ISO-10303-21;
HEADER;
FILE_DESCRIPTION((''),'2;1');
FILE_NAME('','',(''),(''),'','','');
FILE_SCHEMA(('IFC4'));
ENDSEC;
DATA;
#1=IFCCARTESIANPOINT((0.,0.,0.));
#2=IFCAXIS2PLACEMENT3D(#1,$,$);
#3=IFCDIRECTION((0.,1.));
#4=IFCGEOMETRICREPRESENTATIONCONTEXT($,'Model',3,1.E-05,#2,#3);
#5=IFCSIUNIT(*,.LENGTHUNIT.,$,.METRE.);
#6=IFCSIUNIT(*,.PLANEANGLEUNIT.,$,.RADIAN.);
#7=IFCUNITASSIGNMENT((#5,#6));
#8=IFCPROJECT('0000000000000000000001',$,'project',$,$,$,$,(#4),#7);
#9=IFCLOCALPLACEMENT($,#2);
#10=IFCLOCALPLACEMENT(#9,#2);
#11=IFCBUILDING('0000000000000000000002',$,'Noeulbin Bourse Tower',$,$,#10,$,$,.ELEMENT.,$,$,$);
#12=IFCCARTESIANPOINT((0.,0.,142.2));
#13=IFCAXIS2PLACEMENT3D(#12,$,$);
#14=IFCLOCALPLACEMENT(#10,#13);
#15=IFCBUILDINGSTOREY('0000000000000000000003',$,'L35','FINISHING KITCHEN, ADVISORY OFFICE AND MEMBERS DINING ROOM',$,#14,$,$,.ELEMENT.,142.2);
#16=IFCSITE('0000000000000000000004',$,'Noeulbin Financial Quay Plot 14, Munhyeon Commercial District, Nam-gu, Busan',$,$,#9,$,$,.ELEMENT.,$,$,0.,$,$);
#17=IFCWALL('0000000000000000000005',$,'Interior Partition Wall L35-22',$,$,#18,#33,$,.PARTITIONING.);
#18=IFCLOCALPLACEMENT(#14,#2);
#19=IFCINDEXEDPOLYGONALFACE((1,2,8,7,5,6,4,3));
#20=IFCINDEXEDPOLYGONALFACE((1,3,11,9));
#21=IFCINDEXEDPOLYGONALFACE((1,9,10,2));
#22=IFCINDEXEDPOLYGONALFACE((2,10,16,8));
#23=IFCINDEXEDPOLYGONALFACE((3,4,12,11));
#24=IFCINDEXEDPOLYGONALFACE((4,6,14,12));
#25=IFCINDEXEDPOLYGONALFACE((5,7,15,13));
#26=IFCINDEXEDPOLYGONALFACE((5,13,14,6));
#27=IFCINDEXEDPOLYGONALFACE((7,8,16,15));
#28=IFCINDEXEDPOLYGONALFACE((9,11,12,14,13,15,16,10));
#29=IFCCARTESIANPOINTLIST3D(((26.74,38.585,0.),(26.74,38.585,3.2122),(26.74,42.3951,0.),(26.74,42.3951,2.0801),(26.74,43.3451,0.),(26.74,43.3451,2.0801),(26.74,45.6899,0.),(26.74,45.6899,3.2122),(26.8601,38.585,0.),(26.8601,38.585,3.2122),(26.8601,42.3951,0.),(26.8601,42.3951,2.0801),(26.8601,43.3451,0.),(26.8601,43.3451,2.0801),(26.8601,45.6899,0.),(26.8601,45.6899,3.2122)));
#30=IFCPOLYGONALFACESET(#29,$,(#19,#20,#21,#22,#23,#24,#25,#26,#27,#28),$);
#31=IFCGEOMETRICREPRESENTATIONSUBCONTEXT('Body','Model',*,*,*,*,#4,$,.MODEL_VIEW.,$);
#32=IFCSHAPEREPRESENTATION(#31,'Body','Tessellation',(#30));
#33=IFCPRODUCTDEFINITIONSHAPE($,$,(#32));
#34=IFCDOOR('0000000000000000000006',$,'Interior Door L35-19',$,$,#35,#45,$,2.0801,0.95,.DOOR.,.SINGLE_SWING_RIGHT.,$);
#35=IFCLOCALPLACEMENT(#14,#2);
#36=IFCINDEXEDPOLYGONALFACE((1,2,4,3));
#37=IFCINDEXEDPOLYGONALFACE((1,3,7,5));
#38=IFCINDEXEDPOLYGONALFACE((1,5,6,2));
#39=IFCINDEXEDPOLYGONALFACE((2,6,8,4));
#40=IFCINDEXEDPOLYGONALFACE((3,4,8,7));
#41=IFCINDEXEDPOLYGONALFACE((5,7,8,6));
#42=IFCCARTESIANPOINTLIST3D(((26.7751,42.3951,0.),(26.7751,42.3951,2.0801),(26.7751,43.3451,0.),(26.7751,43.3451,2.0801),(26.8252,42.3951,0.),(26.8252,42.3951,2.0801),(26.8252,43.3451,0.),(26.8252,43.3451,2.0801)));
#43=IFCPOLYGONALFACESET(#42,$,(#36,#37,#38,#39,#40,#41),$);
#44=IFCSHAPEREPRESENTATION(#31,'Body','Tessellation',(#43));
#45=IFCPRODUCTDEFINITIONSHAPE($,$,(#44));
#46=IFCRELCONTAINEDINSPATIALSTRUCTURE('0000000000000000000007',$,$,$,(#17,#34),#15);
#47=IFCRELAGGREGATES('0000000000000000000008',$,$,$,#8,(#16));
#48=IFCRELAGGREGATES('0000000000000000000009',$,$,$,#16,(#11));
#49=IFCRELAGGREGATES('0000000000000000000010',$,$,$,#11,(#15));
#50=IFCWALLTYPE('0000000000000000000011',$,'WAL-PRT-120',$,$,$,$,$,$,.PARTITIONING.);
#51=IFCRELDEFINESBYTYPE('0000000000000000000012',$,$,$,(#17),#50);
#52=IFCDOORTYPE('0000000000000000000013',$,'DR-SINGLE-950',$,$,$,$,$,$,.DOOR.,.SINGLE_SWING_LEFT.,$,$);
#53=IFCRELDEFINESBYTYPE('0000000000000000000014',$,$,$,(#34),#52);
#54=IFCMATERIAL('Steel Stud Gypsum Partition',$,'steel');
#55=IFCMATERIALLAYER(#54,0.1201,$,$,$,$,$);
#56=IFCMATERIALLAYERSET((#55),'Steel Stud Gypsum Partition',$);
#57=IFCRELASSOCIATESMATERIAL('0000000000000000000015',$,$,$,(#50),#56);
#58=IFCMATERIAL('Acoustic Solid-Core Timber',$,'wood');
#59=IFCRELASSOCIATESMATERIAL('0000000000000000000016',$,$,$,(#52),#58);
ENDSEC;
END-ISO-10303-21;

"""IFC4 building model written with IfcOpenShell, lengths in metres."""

from ifc_helpers import new_model, si_unit, direction, frame, frame_2d, origin, place, context, subcontext, project, spatial, rectangle, extrude, material, layer, layer_set, type_object, element, fill, save


model = new_model("IFC4")

# Units and contexts
model_context = context("Model", 3, precision=1e-05, world=origin(), true_north=direction((0.0, 1.0)))
body_context = subcontext(model_context, "Body", "Model", "MODEL_VIEW")
ifc_project = project(units=[si_unit("LENGTHUNIT", "METRE"), si_unit("PLANEANGLEUNIT", "RADIAN")], contexts=[model_context])

# Site, building, storey
site_placement = place(None, origin())
site = spatial("IfcSite", under=ifc_project, at=site_placement, Name="Noeulbin Financial Quay Plot 14, Munhyeon Commercial District, Nam-gu, Busan", CompositionType="ELEMENT", RefElevation=0.0)
building_placement = place(site_placement, origin())
building = spatial("IfcBuilding", under=site, at=building_placement, Name="Noeulbin Bourse Tower", CompositionType="ELEMENT")
storey_placement = place(building_placement, frame((0.0, 0.0, 142.2)))
storey = spatial("IfcBuildingStorey", under=building, at=storey_placement, Name="L35", Description="FINISHING KITCHEN, ADVISORY OFFICE AND MEMBERS DINING ROOM", CompositionType="ELEMENT", Elevation=142.2)

# Wall, opening, door
ifc_material_1 = material(Name="Steel Stud Gypsum Partition", Category="steel")
ifc_layer_1 = layer(ifc_material_1, 0.1201)
ifc_layer_set_1 = layer_set([ifc_layer_1], Name="Steel Stud Gypsum Partition")
wall_type = type_object("IfcWallType", Name="WAL-PRT-120", PredefinedType="PARTITIONING", material=ifc_layer_set_1)
ifc_material_2 = material(Name="Acoustic Solid-Core Timber", Category="wood")
door_type = type_object("IfcDoorType", Name="DR-SINGLE-950", OperationType="SINGLE_SWING_LEFT", PredefinedType="DOOR", material=ifc_material_2)
wall_1_placement = place(storey_placement, frame((26.8, 38.585, 0.0), z_axis=(0.0, 0.0, 1.0), x_axis=(0.0, 1.0, 0.0)))
wall_1 = element("IfcWall", 1, at=wall_1_placement, inside=storey, type_object=wall_type, Name="Interior Partition Wall L35-22", PredefinedType="PARTITIONING", context=body_context, shape_type="SweptSolid", body=[
    extrude(rectangle(XDim=7.105, YDim=0.1201, at=frame_2d((3.5525, 0.0))), origin(), (0.0, 0.0, 1.0), 3.2122),
])
opening_1_placement = place(wall_1_placement, frame((3.8101, 0.0, 0.0)))
opening_1 = element("IfcOpeningElement", 2, at=opening_1_placement, cuts=wall_1, PredefinedType="OPENING", context=body_context, shape_type="SweptSolid", body=[
    extrude(rectangle(XDim=0.95, YDim=2.0801, at=frame_2d((0.4751, 1.04))), frame((0.0, 0.0701, 0.0), z_axis=(0.0, -1.0, 0.0), x_axis=(1.0, 0.0, 0.0)), (0.0, 0.0, 1.0), 0.1401),
])
door_1_placement = place(opening_1_placement, origin())
door_1 = element("IfcDoor", 3, at=door_1_placement, inside=storey, type_object=door_type, Name="Interior Door L35-19", OperationType="SINGLE_SWING_RIGHT", OverallHeight=2.0801, OverallWidth=0.95, PredefinedType="DOOR", context=body_context, shape_type="SweptSolid", body=[
    extrude(rectangle(XDim=0.95, YDim=2.0801, at=frame_2d((0.4751, 1.04))), frame((0.0, 0.0249, 0.0), z_axis=(0.0, -1.0, 0.0), x_axis=(1.0, 0.0, 0.0)), (0.0, 0.0, 1.0), 0.05),
])
fill(opening_1, door_1)

save(model, "model.ifc")
